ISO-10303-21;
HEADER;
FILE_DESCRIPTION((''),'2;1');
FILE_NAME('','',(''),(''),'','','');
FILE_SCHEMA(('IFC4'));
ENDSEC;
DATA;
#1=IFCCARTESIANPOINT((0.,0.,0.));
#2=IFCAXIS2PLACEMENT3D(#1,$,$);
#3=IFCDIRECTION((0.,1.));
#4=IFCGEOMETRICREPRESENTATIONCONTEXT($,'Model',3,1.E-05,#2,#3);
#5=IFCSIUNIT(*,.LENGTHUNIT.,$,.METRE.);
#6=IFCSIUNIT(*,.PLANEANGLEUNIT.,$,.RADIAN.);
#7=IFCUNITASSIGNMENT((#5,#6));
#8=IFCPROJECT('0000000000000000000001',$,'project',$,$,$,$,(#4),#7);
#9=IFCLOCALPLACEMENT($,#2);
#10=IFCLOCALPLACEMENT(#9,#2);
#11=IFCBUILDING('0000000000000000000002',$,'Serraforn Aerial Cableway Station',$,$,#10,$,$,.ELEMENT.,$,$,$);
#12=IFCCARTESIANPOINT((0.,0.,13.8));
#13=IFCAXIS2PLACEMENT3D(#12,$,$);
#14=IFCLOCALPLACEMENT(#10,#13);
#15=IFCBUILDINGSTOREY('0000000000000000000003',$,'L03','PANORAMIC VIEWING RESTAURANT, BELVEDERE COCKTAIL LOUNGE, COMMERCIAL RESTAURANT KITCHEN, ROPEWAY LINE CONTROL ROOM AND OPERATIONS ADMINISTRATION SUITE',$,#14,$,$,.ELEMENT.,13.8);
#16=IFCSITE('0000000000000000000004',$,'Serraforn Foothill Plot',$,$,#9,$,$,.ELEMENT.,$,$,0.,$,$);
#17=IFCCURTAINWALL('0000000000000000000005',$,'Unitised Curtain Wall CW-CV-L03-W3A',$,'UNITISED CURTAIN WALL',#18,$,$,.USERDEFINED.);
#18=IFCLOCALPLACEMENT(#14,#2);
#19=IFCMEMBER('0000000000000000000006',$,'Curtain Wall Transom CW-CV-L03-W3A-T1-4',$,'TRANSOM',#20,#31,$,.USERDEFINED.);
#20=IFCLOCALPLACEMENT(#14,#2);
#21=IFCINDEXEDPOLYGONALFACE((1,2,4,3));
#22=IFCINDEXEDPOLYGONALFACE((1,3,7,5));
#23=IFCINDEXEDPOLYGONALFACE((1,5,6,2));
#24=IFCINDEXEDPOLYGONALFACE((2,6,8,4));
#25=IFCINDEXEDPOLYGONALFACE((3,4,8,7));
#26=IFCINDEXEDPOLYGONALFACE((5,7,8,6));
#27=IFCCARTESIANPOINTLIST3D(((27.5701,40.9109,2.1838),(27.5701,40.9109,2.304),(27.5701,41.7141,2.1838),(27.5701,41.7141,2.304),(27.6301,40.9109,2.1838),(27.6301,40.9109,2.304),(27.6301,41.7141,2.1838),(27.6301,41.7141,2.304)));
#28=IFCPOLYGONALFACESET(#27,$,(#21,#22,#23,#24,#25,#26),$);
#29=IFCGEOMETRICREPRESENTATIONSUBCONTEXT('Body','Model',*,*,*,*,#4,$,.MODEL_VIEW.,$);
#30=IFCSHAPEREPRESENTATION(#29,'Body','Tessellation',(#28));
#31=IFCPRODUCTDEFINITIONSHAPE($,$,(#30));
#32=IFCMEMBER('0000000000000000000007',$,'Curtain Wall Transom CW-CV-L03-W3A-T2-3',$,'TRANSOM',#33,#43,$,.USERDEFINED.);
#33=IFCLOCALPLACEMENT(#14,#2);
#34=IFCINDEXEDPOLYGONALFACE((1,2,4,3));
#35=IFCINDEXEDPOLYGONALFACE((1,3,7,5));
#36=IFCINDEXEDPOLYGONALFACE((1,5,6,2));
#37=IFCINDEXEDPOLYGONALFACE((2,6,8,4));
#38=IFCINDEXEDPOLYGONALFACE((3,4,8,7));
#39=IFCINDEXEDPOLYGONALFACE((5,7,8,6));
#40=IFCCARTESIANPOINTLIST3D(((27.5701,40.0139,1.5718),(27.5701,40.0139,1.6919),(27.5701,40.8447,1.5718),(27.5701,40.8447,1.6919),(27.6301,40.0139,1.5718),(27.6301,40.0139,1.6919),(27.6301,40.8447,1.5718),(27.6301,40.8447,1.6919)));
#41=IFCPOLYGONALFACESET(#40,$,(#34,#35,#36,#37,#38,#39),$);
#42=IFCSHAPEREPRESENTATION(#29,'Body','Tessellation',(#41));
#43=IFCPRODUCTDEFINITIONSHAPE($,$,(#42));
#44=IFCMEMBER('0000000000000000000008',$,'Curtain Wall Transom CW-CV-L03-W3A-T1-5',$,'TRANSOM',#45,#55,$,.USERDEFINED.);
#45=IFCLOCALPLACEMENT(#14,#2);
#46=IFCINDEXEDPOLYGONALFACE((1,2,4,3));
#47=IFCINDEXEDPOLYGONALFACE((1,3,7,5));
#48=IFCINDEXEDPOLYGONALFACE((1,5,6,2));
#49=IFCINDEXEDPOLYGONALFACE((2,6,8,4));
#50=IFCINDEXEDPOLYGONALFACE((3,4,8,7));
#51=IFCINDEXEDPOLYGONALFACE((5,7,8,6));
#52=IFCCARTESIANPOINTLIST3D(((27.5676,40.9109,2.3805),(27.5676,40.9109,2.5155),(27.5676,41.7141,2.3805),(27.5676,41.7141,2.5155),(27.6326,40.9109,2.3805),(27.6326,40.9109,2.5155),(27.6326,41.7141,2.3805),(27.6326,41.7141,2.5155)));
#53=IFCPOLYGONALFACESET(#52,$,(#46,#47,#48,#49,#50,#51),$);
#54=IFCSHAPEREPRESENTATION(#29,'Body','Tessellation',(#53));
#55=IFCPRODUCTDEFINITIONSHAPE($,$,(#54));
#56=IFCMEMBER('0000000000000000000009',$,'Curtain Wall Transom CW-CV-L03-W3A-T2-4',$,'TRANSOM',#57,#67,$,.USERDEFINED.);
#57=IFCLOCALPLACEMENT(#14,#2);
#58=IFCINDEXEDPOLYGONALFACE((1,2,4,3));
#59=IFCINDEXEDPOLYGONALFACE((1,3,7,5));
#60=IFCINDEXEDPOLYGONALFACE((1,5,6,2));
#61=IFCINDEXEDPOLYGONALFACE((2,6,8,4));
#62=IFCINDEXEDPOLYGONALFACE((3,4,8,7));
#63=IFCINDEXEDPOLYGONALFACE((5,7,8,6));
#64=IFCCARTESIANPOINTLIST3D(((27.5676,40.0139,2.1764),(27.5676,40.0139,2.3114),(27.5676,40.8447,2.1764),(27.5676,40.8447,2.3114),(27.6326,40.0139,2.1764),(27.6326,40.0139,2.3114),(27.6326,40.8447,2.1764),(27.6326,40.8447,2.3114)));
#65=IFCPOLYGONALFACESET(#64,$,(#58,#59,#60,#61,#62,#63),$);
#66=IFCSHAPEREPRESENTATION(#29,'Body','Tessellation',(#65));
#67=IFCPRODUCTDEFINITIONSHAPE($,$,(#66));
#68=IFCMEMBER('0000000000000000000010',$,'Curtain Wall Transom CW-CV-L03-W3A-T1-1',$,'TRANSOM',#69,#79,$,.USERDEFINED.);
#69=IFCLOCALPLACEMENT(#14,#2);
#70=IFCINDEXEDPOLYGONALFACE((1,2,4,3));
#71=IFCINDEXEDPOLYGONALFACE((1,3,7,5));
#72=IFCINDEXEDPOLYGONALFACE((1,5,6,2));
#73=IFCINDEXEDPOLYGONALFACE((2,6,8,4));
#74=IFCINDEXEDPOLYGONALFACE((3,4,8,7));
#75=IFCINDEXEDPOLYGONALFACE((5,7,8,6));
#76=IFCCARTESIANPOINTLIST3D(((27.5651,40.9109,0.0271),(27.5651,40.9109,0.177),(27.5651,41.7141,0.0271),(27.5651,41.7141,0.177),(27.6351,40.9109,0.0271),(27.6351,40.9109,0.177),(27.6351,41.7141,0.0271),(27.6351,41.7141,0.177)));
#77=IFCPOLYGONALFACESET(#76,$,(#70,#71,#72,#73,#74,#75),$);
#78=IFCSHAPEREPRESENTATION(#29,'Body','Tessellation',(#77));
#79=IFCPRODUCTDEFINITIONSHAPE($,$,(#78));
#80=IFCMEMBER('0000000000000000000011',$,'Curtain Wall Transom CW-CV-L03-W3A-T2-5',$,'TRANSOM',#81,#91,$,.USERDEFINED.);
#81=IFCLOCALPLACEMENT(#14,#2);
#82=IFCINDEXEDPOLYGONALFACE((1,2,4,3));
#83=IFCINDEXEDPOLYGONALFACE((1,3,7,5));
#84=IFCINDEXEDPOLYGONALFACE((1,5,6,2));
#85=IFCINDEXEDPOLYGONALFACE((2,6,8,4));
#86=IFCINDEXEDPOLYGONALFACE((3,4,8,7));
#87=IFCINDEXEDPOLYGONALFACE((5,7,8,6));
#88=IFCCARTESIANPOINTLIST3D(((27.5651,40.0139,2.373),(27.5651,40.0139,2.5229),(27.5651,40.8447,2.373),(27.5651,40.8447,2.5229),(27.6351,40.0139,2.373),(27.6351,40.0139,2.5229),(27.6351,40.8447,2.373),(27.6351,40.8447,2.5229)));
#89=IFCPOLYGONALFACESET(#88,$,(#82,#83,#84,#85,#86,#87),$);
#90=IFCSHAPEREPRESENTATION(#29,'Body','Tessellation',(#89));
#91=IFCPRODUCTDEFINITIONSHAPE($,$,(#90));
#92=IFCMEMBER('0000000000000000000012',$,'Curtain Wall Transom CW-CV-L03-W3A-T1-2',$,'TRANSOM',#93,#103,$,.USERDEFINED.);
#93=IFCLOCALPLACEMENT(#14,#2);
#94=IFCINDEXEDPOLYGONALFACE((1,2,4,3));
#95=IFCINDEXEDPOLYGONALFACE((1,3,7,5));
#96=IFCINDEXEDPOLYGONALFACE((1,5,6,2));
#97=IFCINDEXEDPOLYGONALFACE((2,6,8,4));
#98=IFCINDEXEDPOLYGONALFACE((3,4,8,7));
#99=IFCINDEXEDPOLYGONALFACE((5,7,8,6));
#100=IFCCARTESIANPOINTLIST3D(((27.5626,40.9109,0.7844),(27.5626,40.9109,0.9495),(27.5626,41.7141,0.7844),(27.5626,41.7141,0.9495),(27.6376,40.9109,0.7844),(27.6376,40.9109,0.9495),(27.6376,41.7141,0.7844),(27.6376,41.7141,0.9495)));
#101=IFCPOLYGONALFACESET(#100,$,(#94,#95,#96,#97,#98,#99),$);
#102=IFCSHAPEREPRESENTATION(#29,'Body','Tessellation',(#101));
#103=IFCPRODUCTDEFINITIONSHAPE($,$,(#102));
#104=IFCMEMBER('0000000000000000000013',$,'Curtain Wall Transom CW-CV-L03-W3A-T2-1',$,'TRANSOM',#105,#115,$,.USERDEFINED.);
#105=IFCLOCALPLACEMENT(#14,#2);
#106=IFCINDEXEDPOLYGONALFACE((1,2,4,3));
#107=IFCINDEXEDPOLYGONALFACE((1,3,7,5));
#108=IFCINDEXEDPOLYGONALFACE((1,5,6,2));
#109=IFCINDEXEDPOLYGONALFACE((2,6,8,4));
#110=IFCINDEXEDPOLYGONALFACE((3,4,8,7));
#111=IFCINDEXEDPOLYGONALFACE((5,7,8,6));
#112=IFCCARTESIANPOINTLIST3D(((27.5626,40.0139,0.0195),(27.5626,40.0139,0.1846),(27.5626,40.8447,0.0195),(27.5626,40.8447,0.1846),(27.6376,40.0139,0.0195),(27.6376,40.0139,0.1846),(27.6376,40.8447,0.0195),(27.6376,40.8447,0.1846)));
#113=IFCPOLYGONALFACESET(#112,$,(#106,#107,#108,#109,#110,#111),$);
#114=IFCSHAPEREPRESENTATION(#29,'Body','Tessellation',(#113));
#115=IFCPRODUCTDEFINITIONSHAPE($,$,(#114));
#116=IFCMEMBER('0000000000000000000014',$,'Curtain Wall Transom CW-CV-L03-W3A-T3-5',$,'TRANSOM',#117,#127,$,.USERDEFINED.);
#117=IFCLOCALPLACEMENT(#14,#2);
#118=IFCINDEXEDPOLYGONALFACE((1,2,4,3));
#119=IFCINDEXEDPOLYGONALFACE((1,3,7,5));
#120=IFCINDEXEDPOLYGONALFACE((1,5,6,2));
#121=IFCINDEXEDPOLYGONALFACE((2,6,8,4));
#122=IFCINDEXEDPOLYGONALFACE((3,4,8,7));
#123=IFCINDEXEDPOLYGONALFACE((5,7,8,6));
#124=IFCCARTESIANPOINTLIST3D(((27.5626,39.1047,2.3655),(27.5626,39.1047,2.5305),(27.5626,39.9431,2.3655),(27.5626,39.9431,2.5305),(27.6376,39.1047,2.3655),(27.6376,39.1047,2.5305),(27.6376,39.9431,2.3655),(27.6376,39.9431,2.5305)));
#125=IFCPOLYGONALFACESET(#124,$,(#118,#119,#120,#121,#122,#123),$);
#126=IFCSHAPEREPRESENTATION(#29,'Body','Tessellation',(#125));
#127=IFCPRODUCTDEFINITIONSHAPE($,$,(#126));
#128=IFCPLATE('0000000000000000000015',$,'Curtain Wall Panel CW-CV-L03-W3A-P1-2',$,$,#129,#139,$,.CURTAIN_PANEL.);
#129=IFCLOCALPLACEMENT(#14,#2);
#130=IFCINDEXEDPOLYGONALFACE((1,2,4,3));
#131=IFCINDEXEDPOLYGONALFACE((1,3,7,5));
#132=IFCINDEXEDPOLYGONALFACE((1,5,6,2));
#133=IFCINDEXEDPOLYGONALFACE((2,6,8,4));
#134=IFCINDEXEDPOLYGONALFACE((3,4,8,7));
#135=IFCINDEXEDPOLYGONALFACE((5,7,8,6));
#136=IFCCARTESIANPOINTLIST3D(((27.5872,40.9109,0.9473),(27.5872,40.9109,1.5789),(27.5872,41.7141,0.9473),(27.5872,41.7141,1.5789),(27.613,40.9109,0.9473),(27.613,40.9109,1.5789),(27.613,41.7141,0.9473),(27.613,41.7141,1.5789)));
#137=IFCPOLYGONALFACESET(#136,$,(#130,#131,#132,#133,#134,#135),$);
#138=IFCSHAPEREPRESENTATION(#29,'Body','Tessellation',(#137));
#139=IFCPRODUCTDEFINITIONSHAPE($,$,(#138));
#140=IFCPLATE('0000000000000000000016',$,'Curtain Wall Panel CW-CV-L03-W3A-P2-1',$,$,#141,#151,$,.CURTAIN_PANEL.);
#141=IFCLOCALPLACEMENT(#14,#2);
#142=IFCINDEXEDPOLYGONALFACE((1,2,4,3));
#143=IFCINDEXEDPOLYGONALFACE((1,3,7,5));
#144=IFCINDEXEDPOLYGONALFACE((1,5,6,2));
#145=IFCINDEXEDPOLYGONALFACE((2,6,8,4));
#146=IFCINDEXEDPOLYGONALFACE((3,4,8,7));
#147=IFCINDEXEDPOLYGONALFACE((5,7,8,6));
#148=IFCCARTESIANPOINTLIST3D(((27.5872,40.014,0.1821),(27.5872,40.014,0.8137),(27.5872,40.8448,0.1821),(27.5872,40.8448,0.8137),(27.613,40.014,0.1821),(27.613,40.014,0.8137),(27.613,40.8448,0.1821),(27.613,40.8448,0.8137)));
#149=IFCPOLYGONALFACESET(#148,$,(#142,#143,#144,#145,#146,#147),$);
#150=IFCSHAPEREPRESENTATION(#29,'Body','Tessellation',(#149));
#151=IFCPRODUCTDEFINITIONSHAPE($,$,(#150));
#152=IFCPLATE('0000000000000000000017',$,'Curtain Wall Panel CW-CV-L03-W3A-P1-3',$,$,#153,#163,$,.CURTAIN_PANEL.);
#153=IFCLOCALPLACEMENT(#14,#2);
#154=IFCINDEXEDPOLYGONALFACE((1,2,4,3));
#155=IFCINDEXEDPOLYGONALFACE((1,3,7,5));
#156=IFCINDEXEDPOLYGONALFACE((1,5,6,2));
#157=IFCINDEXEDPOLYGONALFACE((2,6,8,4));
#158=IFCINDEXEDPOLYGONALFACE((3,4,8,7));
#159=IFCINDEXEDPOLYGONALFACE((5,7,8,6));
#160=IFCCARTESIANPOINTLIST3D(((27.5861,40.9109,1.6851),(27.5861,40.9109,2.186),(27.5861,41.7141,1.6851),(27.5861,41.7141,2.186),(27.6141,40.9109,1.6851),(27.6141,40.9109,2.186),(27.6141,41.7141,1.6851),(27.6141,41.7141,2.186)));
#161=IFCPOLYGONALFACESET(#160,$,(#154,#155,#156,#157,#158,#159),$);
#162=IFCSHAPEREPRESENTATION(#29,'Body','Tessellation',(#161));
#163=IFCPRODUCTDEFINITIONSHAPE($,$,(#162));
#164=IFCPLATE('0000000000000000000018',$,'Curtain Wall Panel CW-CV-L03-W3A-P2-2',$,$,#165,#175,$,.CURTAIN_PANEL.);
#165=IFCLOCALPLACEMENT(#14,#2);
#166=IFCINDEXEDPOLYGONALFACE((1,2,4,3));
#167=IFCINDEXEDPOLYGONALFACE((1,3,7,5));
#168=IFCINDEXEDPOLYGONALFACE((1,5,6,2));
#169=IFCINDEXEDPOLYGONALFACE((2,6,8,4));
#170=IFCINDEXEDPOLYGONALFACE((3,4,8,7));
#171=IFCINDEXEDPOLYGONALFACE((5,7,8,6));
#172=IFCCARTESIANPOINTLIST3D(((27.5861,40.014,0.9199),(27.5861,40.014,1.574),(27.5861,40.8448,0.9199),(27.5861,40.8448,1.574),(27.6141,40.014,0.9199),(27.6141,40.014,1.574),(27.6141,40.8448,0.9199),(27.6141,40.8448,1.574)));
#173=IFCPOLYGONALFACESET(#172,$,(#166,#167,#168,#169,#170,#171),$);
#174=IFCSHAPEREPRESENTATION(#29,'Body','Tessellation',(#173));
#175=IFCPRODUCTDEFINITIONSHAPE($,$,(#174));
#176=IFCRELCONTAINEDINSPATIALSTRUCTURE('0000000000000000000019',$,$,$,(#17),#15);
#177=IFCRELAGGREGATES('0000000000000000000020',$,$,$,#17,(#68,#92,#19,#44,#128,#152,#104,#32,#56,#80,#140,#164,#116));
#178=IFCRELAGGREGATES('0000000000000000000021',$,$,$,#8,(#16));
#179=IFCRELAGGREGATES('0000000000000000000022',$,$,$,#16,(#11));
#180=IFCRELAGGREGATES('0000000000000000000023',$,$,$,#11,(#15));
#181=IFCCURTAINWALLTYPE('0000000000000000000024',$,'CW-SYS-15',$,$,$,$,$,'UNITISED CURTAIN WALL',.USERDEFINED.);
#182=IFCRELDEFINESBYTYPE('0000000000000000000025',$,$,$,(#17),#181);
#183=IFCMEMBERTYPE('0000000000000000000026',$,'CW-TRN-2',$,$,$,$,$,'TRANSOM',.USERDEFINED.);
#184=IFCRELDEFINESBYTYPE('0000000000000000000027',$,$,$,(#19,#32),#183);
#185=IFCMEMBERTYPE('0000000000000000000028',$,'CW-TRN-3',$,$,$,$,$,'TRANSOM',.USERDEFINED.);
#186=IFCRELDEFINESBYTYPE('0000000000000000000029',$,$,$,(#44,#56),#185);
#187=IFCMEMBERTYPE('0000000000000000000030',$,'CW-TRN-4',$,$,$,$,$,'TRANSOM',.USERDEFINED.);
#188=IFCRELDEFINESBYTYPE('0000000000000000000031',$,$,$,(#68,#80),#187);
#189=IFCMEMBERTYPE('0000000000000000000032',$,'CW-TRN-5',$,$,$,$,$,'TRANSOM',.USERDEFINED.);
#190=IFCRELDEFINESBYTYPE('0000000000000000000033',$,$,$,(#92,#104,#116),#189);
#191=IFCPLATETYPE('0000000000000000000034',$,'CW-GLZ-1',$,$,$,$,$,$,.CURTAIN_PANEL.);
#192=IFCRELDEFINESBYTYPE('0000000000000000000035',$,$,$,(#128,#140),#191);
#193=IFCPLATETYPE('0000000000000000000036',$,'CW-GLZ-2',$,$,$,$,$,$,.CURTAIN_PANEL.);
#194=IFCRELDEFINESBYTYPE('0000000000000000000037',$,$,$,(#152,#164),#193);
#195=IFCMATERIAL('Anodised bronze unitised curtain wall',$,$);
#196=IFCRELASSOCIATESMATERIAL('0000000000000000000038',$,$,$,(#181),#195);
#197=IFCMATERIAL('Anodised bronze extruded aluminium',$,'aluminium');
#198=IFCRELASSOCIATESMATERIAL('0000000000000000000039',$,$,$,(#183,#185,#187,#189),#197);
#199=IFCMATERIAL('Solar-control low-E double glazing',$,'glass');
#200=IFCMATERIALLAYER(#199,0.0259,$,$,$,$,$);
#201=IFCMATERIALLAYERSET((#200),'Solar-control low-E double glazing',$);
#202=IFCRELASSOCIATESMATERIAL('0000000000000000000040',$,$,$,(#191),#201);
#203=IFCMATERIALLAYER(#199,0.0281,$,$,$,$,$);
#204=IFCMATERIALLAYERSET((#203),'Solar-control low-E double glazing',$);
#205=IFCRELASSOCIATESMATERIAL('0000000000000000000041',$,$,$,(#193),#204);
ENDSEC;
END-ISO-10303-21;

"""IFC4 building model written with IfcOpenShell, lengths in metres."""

from ifc_helpers import new_model, si_unit, direction, frame, origin, origin_2d, place, context, subcontext, project, spatial, rectangle, extrude, material, layer, layer_set, material_profile, profile_set, type_object, element, aggregate, save


model = new_model("IFC4")

# Units and contexts
model_context = context("Model", 3, precision=1e-05, world=origin(), true_north=direction((0.0, 1.0)))
body_context = subcontext(model_context, "Body", "Model", "MODEL_VIEW")
ifc_project = project(units=[si_unit("LENGTHUNIT", "METRE"), si_unit("PLANEANGLEUNIT", "RADIAN")], contexts=[model_context])

# Site, building, storey
site_placement = place(None, origin())
site = spatial("IfcSite", under=ifc_project, at=site_placement, Name="Serraforn Foothill Plot", CompositionType="ELEMENT", RefElevation=0.0)
building_placement = place(site_placement, origin())
building = spatial("IfcBuilding", under=site, at=building_placement, Name="Serraforn Aerial Cableway Station", CompositionType="ELEMENT")
storey_placement = place(building_placement, frame((0.0, 0.0, 13.8)))
storey = spatial("IfcBuildingStorey", under=building, at=storey_placement, Name="L03", Description="PANORAMIC VIEWING RESTAURANT, BELVEDERE COCKTAIL LOUNGE, COMMERCIAL RESTAURANT KITCHEN, ROPEWAY LINE CONTROL ROOM AND OPERATIONS ADMINISTRATION SUITE", CompositionType="ELEMENT", Elevation=13.8)

# Curtain wall, members, plates
ifc_material_1 = material(Name="Anodised bronze unitised curtain wall")
curtain_wall_type = type_object("IfcCurtainWallType", Name="CW-SYS-15", ElementType="UNITISED CURTAIN WALL", PredefinedType="USERDEFINED", material=ifc_material_1)
curtain_wall_placement = place(storey_placement, origin())
curtain_wall = element("IfcCurtainWall", 1, at=curtain_wall_placement, inside=storey, type_object=curtain_wall_type, Name="Unitised Curtain Wall CW-CV-L03-W3A", ObjectType="UNITISED CURTAIN WALL", PredefinedType="USERDEFINED")
ifc_material_2 = material(Name="Anodised bronze extruded aluminium", Category="aluminium")
ifc_material_profile_1 = material_profile(ifc_material_2, rectangle(XDim=0.0601, YDim=0.1201, at=origin_2d()), Name="CW TRANSOM 60x120")
ifc_profile_set_1 = profile_set([ifc_material_profile_1], Name="Anodised bronze extruded aluminium")
member_type_1 = type_object("IfcMemberType", Name="CW-TRN-2", ElementType="TRANSOM", PredefinedType="USERDEFINED", material=ifc_profile_set_1)
member_1_placement = place(storey_placement, frame((27.6001, 41.7141, 2.2439), z_axis=(0.0, -1.0, 0.0), x_axis=(1.0, 0.0, 0.0)))
member_1 = element("IfcMember", 2, at=member_1_placement, type_object=member_type_1, Name="Curtain Wall Transom CW-CV-L03-W3A-T1-4", ObjectType="TRANSOM", PredefinedType="USERDEFINED", context=body_context, shape_type="SweptSolid", body=[
    extrude(rectangle(XDim=0.0601, YDim=0.1201, at=origin_2d()), origin(), (0.0, 0.0, 1.0), 0.8032),
])
member_2_placement = place(storey_placement, frame((27.6001, 40.8447, 1.6318), z_axis=(0.0, -1.0, 0.0), x_axis=(1.0, 0.0, 0.0)))
member_2 = element("IfcMember", 3, at=member_2_placement, type_object=member_type_1, Name="Curtain Wall Transom CW-CV-L03-W3A-T2-3", ObjectType="TRANSOM", PredefinedType="USERDEFINED", context=body_context, shape_type="SweptSolid", body=[
    extrude(rectangle(XDim=0.0601, YDim=0.1201, at=origin_2d()), origin(), (0.0, 0.0, 1.0), 0.8308),
])
ifc_material_profile_2 = material_profile(ifc_material_2, rectangle(XDim=0.0649, YDim=0.135, at=origin_2d()), Name="CW TRANSOM 65x135")
ifc_profile_set_2 = profile_set([ifc_material_profile_2], Name="Anodised bronze extruded aluminium")
member_type_2 = type_object("IfcMemberType", Name="CW-TRN-3", ElementType="TRANSOM", PredefinedType="USERDEFINED", material=ifc_profile_set_2)
member_3_placement = place(storey_placement, frame((27.6001, 41.7141, 2.448), z_axis=(0.0, -1.0, 0.0), x_axis=(1.0, 0.0, 0.0)))
member_3 = element("IfcMember", 4, at=member_3_placement, type_object=member_type_2, Name="Curtain Wall Transom CW-CV-L03-W3A-T1-5", ObjectType="TRANSOM", PredefinedType="USERDEFINED", context=body_context, shape_type="SweptSolid", body=[
    extrude(rectangle(XDim=0.0649, YDim=0.135, at=origin_2d()), origin(), (0.0, 0.0, 1.0), 0.8032),
])
member_4_placement = place(storey_placement, frame((27.6001, 40.8447, 2.2439), z_axis=(0.0, -1.0, 0.0), x_axis=(1.0, 0.0, 0.0)))
member_4 = element("IfcMember", 5, at=member_4_placement, type_object=member_type_2, Name="Curtain Wall Transom CW-CV-L03-W3A-T2-4", ObjectType="TRANSOM", PredefinedType="USERDEFINED", context=body_context, shape_type="SweptSolid", body=[
    extrude(rectangle(XDim=0.0649, YDim=0.135, at=origin_2d()), origin(), (0.0, 0.0, 1.0), 0.8308),
])
ifc_material_profile_3 = material_profile(ifc_material_2, rectangle(XDim=0.0701, YDim=0.1499, at=origin_2d()), Name="CW TRANSOM 70x150")
ifc_profile_set_3 = profile_set([ifc_material_profile_3], Name="Anodised bronze extruded aluminium")
member_type_3 = type_object("IfcMemberType", Name="CW-TRN-4", ElementType="TRANSOM", PredefinedType="USERDEFINED", material=ifc_profile_set_3)
member_5_placement = place(storey_placement, frame((27.6001, 41.7141, 0.1021), z_axis=(0.0, -1.0, 0.0), x_axis=(1.0, 0.0, 0.0)))
member_5 = element("IfcMember", 6, at=member_5_placement, type_object=member_type_3, Name="Curtain Wall Transom CW-CV-L03-W3A-T1-1", ObjectType="TRANSOM", PredefinedType="USERDEFINED", context=body_context, shape_type="SweptSolid", body=[
    extrude(rectangle(XDim=0.0701, YDim=0.1499, at=origin_2d()), origin(), (0.0, 0.0, 1.0), 0.8032),
])
member_6_placement = place(storey_placement, frame((27.6001, 40.8447, 2.448), z_axis=(0.0, -1.0, 0.0), x_axis=(1.0, 0.0, 0.0)))
member_6 = element("IfcMember", 7, at=member_6_placement, type_object=member_type_3, Name="Curtain Wall Transom CW-CV-L03-W3A-T2-5", ObjectType="TRANSOM", PredefinedType="USERDEFINED", context=body_context, shape_type="SweptSolid", body=[
    extrude(rectangle(XDim=0.0701, YDim=0.1499, at=origin_2d()), origin(), (0.0, 0.0, 1.0), 0.8308),
])
ifc_material_profile_4 = material_profile(ifc_material_2, rectangle(XDim=0.075, YDim=0.165, at=origin_2d()), Name="CW TRANSOM 75x165")
ifc_profile_set_4 = profile_set([ifc_material_profile_4], Name="Anodised bronze extruded aluminium")
member_type_4 = type_object("IfcMemberType", Name="CW-TRN-5", ElementType="TRANSOM", PredefinedType="USERDEFINED", material=ifc_profile_set_4)
member_7_placement = place(storey_placement, frame((27.6001, 41.7141, 0.8669), z_axis=(0.0, -1.0, 0.0), x_axis=(1.0, 0.0, 0.0)))
member_7 = element("IfcMember", 8, at=member_7_placement, type_object=member_type_4, Name="Curtain Wall Transom CW-CV-L03-W3A-T1-2", ObjectType="TRANSOM", PredefinedType="USERDEFINED", context=body_context, shape_type="SweptSolid", body=[
    extrude(rectangle(XDim=0.075, YDim=0.165, at=origin_2d()), origin(), (0.0, 0.0, 1.0), 0.8032),
])
member_8_placement = place(storey_placement, frame((27.6001, 40.8447, 0.1021), z_axis=(0.0, -1.0, 0.0), x_axis=(1.0, 0.0, 0.0)))
member_8 = element("IfcMember", 9, at=member_8_placement, type_object=member_type_4, Name="Curtain Wall Transom CW-CV-L03-W3A-T2-1", ObjectType="TRANSOM", PredefinedType="USERDEFINED", context=body_context, shape_type="SweptSolid", body=[
    extrude(rectangle(XDim=0.075, YDim=0.165, at=origin_2d()), origin(), (0.0, 0.0, 1.0), 0.8308),
])
member_9_placement = place(storey_placement, frame((27.6001, 39.9431, 2.448), z_axis=(0.0, -1.0, 0.0), x_axis=(1.0, 0.0, 0.0)))
member_9 = element("IfcMember", 10, at=member_9_placement, type_object=member_type_4, Name="Curtain Wall Transom CW-CV-L03-W3A-T3-5", ObjectType="TRANSOM", PredefinedType="USERDEFINED", context=body_context, shape_type="SweptSolid", body=[
    extrude(rectangle(XDim=0.075, YDim=0.165, at=origin_2d()), origin(), (0.0, 0.0, 1.0), 0.8384),
])
ifc_material_3 = material(Name="Solar-control low-E double glazing", Category="glass")
ifc_layer_1 = layer(ifc_material_3, 0.0259)
ifc_layer_set_1 = layer_set([ifc_layer_1], Name="Solar-control low-E double glazing")
plate_type_1 = type_object("IfcPlateType", Name="CW-GLZ-1", PredefinedType="CURTAIN_PANEL", material=ifc_layer_set_1)
plate_1_placement = place(storey_placement, frame((27.6001, 41.3125, 0.9473), z_axis=(0.0, 0.0, 1.0), x_axis=(1.0, 0.0, 0.0)))
plate_1 = element("IfcPlate", 11, at=plate_1_placement, type_object=plate_type_1, Name="Curtain Wall Panel CW-CV-L03-W3A-P1-2", PredefinedType="CURTAIN_PANEL", context=body_context, shape_type="SweptSolid", body=[
    extrude(rectangle(XDim=0.0259, YDim=0.8032, at=origin_2d()), origin(), (0.0, 0.0, 1.0), 0.6316),
])
plate_2_placement = place(storey_placement, frame((27.6001, 40.4294, 0.1821), z_axis=(0.0, 0.0, 1.0), x_axis=(1.0, 0.0, 0.0)))
plate_2 = element("IfcPlate", 12, at=plate_2_placement, type_object=plate_type_1, Name="Curtain Wall Panel CW-CV-L03-W3A-P2-1", PredefinedType="CURTAIN_PANEL", context=body_context, shape_type="SweptSolid", body=[
    extrude(rectangle(XDim=0.0259, YDim=0.8308, at=origin_2d()), origin(), (0.0, 0.0, 1.0), 0.6316),
])
ifc_layer_2 = layer(ifc_material_3, 0.0281)
ifc_layer_set_2 = layer_set([ifc_layer_2], Name="Solar-control low-E double glazing")
plate_type_2 = type_object("IfcPlateType", Name="CW-GLZ-2", PredefinedType="CURTAIN_PANEL", material=ifc_layer_set_2)
plate_3_placement = place(storey_placement, frame((27.6001, 41.3125, 1.6851), z_axis=(0.0, 0.0, 1.0), x_axis=(1.0, 0.0, 0.0)))
plate_3 = element("IfcPlate", 13, at=plate_3_placement, type_object=plate_type_2, Name="Curtain Wall Panel CW-CV-L03-W3A-P1-3", PredefinedType="CURTAIN_PANEL", context=body_context, shape_type="SweptSolid", body=[
    extrude(rectangle(XDim=0.0281, YDim=0.8032, at=origin_2d()), origin(), (0.0, 0.0, 1.0), 0.501),
])
plate_4_placement = place(storey_placement, frame((27.6001, 40.4294, 0.9199), z_axis=(0.0, 0.0, 1.0), x_axis=(1.0, 0.0, 0.0)))
plate_4 = element("IfcPlate", 14, at=plate_4_placement, type_object=plate_type_2, Name="Curtain Wall Panel CW-CV-L03-W3A-P2-2", PredefinedType="CURTAIN_PANEL", context=body_context, shape_type="SweptSolid", body=[
    extrude(rectangle(XDim=0.0281, YDim=0.8308, at=origin_2d()), origin(), (0.0, 0.0, 1.0), 0.6541),
])
aggregate(curtain_wall, [member_5, member_7, member_1, member_3, plate_1, plate_3, member_8, member_2, member_4, member_6, plate_2, plate_4, member_9])

save(model, "model.ifc")
